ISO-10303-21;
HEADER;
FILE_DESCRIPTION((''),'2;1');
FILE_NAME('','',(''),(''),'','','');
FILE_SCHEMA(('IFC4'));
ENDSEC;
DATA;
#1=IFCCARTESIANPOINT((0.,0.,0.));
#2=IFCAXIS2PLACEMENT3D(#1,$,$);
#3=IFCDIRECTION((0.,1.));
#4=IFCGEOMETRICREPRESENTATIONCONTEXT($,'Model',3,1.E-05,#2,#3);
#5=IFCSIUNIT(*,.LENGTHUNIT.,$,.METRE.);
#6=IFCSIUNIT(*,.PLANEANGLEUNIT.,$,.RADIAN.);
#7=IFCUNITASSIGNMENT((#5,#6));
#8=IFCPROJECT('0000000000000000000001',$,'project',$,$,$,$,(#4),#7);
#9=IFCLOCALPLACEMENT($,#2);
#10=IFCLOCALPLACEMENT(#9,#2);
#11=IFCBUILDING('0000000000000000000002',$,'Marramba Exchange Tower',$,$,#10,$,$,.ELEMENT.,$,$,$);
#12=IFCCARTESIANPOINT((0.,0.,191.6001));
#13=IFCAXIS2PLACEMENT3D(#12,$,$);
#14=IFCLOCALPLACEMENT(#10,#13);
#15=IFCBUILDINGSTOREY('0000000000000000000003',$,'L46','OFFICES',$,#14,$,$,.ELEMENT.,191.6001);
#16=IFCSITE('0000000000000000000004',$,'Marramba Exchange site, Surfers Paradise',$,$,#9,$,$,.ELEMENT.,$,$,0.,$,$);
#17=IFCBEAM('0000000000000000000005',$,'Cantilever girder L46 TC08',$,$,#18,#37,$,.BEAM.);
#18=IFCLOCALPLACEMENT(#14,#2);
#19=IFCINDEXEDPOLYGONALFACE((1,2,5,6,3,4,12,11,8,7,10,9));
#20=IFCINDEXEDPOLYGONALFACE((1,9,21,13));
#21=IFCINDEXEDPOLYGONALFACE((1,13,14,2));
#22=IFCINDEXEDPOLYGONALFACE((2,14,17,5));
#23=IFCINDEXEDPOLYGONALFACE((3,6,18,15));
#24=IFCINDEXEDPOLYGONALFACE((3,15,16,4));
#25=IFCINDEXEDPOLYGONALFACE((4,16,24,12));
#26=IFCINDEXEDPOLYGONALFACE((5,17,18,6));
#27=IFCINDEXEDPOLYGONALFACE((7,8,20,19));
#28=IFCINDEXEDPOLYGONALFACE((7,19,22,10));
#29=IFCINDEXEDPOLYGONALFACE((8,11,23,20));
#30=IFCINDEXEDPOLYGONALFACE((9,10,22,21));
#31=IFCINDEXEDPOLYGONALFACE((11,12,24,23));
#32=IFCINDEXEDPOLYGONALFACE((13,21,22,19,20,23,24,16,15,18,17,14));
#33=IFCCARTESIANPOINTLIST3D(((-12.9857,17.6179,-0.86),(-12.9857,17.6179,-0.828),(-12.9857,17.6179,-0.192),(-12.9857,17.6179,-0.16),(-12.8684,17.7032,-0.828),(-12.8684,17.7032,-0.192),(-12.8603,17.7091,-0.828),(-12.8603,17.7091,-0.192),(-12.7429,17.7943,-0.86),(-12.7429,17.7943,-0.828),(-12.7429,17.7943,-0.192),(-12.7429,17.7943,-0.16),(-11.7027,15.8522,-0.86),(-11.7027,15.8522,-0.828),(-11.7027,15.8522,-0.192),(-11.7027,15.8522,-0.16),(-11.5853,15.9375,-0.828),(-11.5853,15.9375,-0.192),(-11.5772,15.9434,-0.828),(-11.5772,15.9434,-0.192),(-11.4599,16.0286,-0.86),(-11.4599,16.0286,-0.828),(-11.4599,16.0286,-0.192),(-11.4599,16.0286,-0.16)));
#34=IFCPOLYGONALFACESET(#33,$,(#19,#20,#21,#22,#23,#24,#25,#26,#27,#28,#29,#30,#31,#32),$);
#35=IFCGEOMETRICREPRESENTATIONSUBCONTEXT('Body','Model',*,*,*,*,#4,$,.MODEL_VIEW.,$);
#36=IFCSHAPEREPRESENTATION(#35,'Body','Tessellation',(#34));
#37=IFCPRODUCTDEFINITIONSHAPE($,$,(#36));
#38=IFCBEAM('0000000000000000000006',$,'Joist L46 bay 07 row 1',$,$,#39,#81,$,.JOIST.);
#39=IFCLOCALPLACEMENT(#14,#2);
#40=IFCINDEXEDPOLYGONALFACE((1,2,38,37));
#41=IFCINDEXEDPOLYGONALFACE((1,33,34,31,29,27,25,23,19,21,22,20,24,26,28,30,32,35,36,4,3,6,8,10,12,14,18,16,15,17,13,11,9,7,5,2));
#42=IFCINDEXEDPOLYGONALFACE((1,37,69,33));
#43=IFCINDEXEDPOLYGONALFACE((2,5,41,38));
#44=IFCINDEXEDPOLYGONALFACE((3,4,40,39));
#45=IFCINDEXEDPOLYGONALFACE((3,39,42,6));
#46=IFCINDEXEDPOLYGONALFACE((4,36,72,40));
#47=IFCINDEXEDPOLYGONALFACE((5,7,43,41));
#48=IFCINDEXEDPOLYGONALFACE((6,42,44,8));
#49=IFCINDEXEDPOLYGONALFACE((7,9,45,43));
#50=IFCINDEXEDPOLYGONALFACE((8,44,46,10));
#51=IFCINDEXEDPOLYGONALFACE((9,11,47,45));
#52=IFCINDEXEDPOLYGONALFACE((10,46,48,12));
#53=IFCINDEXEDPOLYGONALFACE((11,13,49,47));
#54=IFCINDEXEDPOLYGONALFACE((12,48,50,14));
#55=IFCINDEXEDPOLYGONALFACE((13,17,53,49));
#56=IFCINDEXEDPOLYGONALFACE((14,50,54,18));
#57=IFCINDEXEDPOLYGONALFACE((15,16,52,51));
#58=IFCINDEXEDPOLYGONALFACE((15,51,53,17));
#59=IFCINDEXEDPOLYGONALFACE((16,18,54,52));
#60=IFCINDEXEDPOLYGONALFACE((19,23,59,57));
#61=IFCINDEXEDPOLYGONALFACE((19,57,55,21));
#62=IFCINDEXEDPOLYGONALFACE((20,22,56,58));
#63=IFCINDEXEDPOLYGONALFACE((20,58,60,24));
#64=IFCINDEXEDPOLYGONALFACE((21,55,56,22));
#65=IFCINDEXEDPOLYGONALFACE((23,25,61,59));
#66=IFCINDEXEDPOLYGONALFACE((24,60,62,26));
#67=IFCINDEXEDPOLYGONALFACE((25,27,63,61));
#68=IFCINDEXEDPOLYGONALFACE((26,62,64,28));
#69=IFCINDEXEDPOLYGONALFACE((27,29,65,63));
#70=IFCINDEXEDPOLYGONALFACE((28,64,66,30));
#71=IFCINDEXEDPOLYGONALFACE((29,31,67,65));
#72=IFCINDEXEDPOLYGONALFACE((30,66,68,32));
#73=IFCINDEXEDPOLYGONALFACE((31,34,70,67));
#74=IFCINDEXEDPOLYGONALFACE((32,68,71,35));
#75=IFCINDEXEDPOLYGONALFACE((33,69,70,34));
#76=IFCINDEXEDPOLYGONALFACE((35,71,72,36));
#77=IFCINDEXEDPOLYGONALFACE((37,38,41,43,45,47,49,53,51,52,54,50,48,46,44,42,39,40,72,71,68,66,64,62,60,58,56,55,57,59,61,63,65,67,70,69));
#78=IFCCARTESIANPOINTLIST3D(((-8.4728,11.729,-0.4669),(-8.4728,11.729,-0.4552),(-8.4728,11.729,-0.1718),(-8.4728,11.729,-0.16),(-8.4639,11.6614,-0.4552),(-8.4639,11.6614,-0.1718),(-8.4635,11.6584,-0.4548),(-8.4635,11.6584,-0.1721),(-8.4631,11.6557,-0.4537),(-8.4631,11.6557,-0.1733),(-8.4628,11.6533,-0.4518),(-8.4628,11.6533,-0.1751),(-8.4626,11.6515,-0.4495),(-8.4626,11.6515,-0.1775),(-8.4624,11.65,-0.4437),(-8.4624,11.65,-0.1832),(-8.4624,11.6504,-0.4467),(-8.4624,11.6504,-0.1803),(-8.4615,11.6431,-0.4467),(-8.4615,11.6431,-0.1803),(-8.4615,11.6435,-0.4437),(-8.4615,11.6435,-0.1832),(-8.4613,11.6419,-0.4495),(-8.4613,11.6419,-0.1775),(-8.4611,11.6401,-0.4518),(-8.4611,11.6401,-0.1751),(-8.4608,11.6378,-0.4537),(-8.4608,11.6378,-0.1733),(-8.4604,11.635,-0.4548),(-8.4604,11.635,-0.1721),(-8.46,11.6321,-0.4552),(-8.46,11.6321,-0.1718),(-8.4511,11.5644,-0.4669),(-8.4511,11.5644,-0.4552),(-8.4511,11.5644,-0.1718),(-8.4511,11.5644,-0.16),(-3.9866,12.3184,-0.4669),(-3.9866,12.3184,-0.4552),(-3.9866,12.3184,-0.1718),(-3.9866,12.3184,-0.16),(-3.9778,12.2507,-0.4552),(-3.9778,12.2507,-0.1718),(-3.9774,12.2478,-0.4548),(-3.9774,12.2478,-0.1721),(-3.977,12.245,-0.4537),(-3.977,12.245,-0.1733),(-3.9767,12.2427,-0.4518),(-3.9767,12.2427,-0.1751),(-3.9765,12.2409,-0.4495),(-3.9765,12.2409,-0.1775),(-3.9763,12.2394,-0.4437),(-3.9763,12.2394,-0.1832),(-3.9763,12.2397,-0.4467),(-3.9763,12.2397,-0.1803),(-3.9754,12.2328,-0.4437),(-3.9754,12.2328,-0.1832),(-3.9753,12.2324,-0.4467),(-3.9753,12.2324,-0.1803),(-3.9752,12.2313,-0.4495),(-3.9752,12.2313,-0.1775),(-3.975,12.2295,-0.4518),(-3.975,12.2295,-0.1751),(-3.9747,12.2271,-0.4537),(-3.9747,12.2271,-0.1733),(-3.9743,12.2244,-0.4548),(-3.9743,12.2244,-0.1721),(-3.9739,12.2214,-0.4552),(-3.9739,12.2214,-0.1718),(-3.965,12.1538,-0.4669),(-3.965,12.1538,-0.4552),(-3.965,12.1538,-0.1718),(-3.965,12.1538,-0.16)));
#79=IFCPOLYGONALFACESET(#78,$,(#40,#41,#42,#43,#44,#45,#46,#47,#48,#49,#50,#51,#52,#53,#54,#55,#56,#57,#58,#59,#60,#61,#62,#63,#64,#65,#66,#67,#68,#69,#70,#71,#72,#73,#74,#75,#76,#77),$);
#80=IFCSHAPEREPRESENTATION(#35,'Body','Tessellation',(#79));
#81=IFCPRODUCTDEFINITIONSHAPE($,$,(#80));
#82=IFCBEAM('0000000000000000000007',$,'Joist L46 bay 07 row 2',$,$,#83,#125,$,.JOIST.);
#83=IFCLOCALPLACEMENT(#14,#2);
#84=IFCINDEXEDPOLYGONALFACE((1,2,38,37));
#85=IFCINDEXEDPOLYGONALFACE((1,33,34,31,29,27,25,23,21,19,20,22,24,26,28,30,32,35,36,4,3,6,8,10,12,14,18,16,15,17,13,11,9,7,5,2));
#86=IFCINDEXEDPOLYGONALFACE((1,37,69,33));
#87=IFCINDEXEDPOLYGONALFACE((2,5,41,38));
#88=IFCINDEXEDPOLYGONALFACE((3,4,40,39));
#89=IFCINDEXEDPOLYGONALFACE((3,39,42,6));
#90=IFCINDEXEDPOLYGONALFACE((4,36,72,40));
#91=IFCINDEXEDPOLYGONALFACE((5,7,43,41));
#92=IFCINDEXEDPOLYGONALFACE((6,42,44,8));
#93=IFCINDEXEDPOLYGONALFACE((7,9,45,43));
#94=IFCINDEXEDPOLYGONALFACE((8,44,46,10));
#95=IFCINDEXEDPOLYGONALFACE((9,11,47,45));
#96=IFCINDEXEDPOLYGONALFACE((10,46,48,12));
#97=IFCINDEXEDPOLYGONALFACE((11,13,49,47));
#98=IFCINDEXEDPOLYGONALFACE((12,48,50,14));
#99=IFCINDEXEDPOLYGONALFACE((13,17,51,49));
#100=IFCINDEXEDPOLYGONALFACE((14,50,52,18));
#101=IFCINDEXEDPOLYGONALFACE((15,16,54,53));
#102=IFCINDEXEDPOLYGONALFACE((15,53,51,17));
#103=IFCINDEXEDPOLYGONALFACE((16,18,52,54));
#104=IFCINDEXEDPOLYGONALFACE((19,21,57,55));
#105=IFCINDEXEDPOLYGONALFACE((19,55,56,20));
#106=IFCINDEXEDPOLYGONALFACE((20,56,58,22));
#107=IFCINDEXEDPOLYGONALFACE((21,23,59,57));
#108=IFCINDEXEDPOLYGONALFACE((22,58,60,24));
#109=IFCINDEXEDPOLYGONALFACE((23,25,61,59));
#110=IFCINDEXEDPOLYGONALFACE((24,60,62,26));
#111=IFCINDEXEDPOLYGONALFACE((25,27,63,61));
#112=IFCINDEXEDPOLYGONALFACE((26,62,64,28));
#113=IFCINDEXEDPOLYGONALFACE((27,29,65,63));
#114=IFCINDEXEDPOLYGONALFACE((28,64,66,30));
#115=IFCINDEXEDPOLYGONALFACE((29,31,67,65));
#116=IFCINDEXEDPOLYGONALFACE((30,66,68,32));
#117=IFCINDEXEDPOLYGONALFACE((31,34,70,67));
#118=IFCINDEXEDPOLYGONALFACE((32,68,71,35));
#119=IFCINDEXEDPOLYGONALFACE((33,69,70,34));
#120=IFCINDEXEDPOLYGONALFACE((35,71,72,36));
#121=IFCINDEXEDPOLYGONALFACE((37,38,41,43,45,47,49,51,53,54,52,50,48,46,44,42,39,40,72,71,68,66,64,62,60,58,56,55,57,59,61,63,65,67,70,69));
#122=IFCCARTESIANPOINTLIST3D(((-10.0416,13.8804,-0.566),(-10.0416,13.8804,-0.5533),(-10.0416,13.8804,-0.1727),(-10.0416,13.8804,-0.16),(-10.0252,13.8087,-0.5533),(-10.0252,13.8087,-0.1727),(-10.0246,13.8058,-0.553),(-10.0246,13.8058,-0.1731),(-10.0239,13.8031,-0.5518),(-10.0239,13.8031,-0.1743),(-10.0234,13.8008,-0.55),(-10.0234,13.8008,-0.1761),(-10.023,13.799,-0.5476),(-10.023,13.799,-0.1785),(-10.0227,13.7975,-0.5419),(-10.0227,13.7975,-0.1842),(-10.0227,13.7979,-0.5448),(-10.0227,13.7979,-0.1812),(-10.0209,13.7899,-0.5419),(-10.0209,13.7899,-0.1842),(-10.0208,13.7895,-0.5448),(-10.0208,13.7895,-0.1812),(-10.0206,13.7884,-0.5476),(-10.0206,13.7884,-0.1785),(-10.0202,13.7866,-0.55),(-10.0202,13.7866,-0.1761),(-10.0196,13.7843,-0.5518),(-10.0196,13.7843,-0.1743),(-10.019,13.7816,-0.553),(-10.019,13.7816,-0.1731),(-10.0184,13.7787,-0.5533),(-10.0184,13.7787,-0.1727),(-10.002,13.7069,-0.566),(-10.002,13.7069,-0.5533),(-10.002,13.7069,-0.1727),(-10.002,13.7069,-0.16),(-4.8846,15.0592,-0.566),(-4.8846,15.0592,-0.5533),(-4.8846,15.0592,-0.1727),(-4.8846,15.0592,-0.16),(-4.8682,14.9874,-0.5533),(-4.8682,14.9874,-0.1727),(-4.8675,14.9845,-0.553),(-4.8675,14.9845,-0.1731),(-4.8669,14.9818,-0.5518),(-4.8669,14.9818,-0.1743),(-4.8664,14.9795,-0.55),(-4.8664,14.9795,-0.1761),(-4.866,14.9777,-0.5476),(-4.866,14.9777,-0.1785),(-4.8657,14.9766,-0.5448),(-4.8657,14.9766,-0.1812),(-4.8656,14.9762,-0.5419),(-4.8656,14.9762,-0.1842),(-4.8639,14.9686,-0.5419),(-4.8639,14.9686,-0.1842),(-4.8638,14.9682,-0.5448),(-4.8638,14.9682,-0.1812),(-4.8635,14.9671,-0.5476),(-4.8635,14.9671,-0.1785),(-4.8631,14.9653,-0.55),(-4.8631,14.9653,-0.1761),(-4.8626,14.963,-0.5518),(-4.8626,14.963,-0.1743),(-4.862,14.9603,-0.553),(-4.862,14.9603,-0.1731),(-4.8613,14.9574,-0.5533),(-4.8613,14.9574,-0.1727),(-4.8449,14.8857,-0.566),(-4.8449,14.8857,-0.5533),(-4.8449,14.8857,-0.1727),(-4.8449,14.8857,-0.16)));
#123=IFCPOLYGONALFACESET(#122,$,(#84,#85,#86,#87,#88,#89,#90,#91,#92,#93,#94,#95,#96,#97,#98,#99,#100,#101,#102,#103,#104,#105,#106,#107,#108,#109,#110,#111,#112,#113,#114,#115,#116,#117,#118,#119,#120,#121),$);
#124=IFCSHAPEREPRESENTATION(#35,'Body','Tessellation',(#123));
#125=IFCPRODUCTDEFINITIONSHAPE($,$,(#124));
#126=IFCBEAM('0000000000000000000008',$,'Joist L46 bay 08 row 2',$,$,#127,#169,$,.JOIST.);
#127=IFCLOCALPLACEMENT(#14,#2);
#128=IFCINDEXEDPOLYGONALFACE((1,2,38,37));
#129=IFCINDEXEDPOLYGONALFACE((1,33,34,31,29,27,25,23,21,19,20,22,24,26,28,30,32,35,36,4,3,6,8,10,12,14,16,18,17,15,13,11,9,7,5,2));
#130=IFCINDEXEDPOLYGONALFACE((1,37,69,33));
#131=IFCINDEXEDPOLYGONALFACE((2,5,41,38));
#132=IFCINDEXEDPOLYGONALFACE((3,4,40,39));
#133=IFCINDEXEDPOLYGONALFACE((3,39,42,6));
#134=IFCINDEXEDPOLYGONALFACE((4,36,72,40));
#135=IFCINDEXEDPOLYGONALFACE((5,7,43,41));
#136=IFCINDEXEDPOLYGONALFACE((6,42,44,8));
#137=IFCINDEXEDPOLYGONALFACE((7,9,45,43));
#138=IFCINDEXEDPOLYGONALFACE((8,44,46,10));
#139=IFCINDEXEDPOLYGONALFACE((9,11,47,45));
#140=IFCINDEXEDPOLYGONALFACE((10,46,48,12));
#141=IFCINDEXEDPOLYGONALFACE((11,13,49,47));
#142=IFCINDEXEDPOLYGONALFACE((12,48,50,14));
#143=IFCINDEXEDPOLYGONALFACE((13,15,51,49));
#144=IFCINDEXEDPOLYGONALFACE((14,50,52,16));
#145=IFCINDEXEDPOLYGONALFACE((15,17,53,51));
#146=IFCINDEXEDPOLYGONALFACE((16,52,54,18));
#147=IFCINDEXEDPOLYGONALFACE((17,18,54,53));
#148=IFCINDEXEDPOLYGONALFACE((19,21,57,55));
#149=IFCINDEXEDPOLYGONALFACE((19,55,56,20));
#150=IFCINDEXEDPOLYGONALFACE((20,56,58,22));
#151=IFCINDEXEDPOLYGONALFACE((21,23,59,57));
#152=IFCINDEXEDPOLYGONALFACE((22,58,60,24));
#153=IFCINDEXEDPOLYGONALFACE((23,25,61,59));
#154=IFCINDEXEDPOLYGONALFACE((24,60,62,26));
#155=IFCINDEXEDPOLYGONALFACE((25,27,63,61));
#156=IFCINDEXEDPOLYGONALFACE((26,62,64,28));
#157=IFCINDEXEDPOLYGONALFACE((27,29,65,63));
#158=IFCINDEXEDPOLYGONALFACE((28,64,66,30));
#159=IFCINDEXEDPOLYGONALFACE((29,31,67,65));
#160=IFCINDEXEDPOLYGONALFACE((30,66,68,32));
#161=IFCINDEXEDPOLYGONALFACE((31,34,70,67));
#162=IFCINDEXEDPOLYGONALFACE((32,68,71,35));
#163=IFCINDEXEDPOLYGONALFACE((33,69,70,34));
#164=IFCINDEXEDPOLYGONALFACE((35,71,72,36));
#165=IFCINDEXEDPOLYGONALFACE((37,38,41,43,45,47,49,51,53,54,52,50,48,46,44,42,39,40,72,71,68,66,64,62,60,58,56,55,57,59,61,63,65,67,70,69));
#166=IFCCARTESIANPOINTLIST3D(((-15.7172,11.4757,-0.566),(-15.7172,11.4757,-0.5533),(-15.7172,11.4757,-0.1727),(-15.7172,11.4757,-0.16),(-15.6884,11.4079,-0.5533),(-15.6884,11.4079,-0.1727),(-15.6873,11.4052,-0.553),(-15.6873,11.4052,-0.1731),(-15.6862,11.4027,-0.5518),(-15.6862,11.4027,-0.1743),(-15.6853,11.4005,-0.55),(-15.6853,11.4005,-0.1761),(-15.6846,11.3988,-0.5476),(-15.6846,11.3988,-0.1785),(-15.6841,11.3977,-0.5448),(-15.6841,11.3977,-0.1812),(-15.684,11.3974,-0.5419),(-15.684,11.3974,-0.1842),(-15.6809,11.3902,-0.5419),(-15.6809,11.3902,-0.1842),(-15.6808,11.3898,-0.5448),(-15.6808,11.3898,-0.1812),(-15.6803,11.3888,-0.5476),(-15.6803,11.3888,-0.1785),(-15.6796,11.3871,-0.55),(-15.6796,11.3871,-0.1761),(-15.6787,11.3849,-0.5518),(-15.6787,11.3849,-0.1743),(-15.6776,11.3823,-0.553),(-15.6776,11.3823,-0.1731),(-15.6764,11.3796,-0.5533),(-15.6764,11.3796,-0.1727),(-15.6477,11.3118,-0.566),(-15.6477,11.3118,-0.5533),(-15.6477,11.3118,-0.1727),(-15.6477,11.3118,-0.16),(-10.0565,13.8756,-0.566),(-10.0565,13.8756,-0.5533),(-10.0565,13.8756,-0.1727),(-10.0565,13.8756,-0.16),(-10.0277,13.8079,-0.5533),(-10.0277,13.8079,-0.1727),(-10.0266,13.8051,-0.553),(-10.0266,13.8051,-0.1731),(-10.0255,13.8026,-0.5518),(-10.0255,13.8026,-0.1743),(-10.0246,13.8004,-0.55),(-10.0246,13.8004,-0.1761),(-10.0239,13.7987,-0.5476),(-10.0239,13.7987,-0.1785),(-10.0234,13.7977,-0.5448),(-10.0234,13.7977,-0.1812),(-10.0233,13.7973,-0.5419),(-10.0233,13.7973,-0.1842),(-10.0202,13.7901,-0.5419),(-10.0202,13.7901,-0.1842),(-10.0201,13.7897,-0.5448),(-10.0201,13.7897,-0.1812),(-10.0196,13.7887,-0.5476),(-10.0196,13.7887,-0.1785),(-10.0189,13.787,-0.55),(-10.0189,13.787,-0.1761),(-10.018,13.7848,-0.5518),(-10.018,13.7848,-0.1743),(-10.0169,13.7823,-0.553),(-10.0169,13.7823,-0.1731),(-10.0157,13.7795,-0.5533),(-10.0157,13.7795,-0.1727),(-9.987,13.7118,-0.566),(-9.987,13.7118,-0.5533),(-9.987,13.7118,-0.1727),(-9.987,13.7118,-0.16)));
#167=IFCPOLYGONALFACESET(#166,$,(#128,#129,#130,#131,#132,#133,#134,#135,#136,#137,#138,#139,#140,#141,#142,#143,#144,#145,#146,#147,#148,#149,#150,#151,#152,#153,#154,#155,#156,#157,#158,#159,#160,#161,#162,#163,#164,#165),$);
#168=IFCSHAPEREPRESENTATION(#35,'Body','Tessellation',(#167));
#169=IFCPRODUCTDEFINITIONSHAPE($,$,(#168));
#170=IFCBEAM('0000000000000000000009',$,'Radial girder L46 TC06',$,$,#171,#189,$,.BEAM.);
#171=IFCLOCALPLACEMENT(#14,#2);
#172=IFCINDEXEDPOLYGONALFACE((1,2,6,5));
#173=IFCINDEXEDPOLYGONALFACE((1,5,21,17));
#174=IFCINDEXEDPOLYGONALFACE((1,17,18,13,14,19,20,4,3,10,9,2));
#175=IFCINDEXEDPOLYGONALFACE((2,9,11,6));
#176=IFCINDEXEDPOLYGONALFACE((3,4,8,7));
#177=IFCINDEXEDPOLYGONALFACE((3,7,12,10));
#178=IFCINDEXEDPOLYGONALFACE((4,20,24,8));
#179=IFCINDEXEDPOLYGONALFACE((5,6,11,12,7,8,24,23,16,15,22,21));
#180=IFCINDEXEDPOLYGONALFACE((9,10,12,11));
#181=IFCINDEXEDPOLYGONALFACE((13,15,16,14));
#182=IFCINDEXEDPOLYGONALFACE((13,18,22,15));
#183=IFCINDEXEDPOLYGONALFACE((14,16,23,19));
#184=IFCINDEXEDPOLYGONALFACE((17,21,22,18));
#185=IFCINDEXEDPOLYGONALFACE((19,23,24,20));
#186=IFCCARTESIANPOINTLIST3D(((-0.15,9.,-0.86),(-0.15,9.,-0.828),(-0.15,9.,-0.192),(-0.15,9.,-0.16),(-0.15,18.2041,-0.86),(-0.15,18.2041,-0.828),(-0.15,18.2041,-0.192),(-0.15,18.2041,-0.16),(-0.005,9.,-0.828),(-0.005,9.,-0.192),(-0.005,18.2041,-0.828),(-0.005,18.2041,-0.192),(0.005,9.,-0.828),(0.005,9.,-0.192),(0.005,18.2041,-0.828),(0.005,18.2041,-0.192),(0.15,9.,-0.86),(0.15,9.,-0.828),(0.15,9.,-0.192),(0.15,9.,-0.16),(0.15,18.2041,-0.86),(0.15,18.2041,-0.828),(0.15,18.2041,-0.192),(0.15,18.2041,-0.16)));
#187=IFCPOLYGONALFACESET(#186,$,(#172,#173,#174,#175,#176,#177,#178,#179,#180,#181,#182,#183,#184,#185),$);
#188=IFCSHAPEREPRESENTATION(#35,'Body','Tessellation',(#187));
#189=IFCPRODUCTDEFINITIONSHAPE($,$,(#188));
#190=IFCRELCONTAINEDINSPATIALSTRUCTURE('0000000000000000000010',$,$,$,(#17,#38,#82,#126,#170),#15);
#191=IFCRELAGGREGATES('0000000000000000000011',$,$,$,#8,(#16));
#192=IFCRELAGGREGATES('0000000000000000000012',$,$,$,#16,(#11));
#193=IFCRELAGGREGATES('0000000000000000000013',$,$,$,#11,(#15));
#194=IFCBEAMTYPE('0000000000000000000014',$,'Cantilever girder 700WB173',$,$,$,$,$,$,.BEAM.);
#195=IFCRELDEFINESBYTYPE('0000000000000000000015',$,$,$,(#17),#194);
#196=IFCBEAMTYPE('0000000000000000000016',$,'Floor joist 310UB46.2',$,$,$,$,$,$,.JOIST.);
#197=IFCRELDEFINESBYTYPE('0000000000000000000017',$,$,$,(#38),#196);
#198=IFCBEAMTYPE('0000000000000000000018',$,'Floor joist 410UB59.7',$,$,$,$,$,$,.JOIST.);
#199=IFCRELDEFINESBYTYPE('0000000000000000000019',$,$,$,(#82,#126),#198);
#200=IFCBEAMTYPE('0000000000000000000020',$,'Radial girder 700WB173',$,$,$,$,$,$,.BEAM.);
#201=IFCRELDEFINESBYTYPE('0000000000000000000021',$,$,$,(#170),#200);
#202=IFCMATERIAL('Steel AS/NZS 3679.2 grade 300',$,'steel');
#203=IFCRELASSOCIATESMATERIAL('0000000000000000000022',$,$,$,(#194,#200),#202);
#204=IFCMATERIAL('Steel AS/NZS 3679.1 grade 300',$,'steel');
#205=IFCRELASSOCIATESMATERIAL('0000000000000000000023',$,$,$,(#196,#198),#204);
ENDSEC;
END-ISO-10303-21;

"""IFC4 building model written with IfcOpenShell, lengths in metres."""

from ifc_helpers import new_model, si_unit, direction, frame, origin, origin_2d, place, context, subcontext, project, spatial, i_section, extrude, material, material_profile, profile_set, type_object, element, save


model = new_model("IFC4")

# Units and contexts
model_context = context("Model", 3, precision=1e-05, world=origin(), true_north=direction((0.0, 1.0)))
body_context = subcontext(model_context, "Body", "Model", "MODEL_VIEW")
ifc_project = project(units=[si_unit("LENGTHUNIT", "METRE"), si_unit("PLANEANGLEUNIT", "RADIAN")], contexts=[model_context])

# Site, building, storey
site_placement = place(None, origin())
site = spatial("IfcSite", under=ifc_project, at=site_placement, Name="Marramba Exchange site, Surfers Paradise", CompositionType="ELEMENT", RefElevation=0.0)
building_placement = place(site_placement, origin())
building = spatial("IfcBuilding", under=site, at=building_placement, Name="Marramba Exchange Tower", CompositionType="ELEMENT")
storey_placement = place(building_placement, frame((0.0, 0.0, 191.6001)))
storey = spatial("IfcBuildingStorey", under=building, at=storey_placement, Name="L46", Description="OFFICES", CompositionType="ELEMENT", Elevation=191.6001)

# Beams
ifc_material_1 = material(Name="Steel AS/NZS 3679.2 grade 300", Category="steel")
ifc_material_profile_1 = material_profile(ifc_material_1, i_section(OverallWidth=0.3, OverallDepth=0.7, WebThickness=0.01, FlangeThickness=0.032, at=origin_2d()), Name="700WB173")
ifc_profile_set_1 = profile_set([ifc_material_profile_1], Name="Steel AS/NZS 3679.2 grade 300")
beam_type_1 = type_object("IfcBeamType", Name="Cantilever girder 700WB173", PredefinedType="BEAM", material=ifc_profile_set_1)
beam_1_placement = place(storey_placement, frame((-11.5813, 15.9404, -0.51), z_axis=(-0.587832, 0.808983, 0.0), x_axis=(-0.808983, -0.587832, 0.0)))
element("IfcBeam", 1, at=beam_1_placement, inside=storey, type_object=beam_type_1, Name="Cantilever girder L46 TC08", PredefinedType="BEAM", context=body_context, shape_type="SweptSolid", body=[
    extrude(i_section(OverallWidth=0.3, OverallDepth=0.7, WebThickness=0.01, FlangeThickness=0.032, at=origin_2d()), origin(), (0.0, 0.0, 1.0), 2.1826),
])
ifc_material_2 = material(Name="Steel AS/NZS 3679.1 grade 300", Category="steel")
ifc_material_profile_2 = material_profile(ifc_material_2, i_section(OverallWidth=0.166, OverallDepth=0.3069, WebThickness=0.0066, FlangeThickness=0.0117, FilletRadius=0.0115, at=origin_2d()), Name="310UB46.2")
ifc_profile_set_2 = profile_set([ifc_material_profile_2], Name="Steel AS/NZS 3679.1 grade 300")
beam_type_2 = type_object("IfcBeamType", Name="Floor joist 310UB46.2", PredefinedType="JOIST", material=ifc_profile_set_2)
beam_2_placement = place(storey_placement, frame((-3.9758, 12.2361, -0.3135), z_axis=(-0.991481, -0.130255, 0.0), x_axis=(0.130255, -0.991481, 0.0)))
element("IfcBeam", 2, at=beam_2_placement, inside=storey, type_object=beam_type_2, Name="Joist L46 bay 07 row 1", PredefinedType="JOIST", context=body_context, shape_type="SweptSolid", body=[
    extrude(i_section(OverallWidth=0.166, OverallDepth=0.3069, WebThickness=0.0066, FlangeThickness=0.0117, FilletRadius=0.0115, at=origin_2d()), origin(), (0.0, 0.0, 1.0), 4.5247),
])
ifc_material_profile_3 = material_profile(ifc_material_2, i_section(OverallWidth=0.178, OverallDepth=0.406, WebThickness=0.0078, FlangeThickness=0.0127, FilletRadius=0.0115, at=origin_2d()), Name="410UB59.7")
ifc_profile_set_3 = profile_set([ifc_material_profile_3], Name="Steel AS/NZS 3679.1 grade 300")
beam_type_3 = type_object("IfcBeamType", Name="Floor joist 410UB59.7", PredefinedType="JOIST", material=ifc_profile_set_3)
beam_3_placement = place(storey_placement, frame((-4.8647, 14.9724, -0.363), z_axis=(-0.97486, -0.22282, 0.0), x_axis=(0.22282, -0.97486, 0.0)))
element("IfcBeam", 3, at=beam_3_placement, inside=storey, type_object=beam_type_3, Name="Joist L46 bay 07 row 2", PredefinedType="JOIST", context=body_context, shape_type="SweptSolid", body=[
    extrude(i_section(OverallWidth=0.178, OverallDepth=0.406, WebThickness=0.0078, FlangeThickness=0.0127, FilletRadius=0.0115, at=origin_2d()), origin(), (0.0, 0.0, 1.0), 5.29),
])
beam_4_placement = place(storey_placement, frame((-10.0217, 13.7937, -0.363), z_axis=(-0.920674, -0.390332, 0.0), x_axis=(0.390332, -0.920674, 0.0)))
element("IfcBeam", 4, at=beam_4_placement, inside=storey, type_object=beam_type_3, Name="Joist L46 bay 08 row 2", PredefinedType="JOIST", context=body_context, shape_type="SweptSolid", body=[
    extrude(i_section(OverallWidth=0.178, OverallDepth=0.406, WebThickness=0.0078, FlangeThickness=0.0127, FilletRadius=0.0115, at=origin_2d()), origin(), (0.0, 0.0, 1.0), 6.1484),
])
ifc_material_profile_4 = material_profile(ifc_material_1, i_section(OverallWidth=0.3, OverallDepth=0.7, WebThickness=0.01, FlangeThickness=0.032, at=origin_2d()), Name="700WB173")
ifc_profile_set_4 = profile_set([ifc_material_profile_4], Name="Steel AS/NZS 3679.2 grade 300")
beam_type_4 = type_object("IfcBeamType", Name="Radial girder 700WB173", PredefinedType="BEAM", material=ifc_profile_set_4)
beam_5_placement = place(storey_placement, frame((0.0, 9.0, -0.51), z_axis=(0.0, 1.0, 0.0), x_axis=(-1.0, 0.0, 0.0)))
element("IfcBeam", 5, at=beam_5_placement, inside=storey, type_object=beam_type_4, Name="Radial girder L46 TC06", PredefinedType="BEAM", context=body_context, shape_type="SweptSolid", body=[
    extrude(i_section(OverallWidth=0.3, OverallDepth=0.7, WebThickness=0.01, FlangeThickness=0.032, at=origin_2d()), origin(), (0.0, 0.0, 1.0), 9.2041),
])

save(model, "model.ifc")
